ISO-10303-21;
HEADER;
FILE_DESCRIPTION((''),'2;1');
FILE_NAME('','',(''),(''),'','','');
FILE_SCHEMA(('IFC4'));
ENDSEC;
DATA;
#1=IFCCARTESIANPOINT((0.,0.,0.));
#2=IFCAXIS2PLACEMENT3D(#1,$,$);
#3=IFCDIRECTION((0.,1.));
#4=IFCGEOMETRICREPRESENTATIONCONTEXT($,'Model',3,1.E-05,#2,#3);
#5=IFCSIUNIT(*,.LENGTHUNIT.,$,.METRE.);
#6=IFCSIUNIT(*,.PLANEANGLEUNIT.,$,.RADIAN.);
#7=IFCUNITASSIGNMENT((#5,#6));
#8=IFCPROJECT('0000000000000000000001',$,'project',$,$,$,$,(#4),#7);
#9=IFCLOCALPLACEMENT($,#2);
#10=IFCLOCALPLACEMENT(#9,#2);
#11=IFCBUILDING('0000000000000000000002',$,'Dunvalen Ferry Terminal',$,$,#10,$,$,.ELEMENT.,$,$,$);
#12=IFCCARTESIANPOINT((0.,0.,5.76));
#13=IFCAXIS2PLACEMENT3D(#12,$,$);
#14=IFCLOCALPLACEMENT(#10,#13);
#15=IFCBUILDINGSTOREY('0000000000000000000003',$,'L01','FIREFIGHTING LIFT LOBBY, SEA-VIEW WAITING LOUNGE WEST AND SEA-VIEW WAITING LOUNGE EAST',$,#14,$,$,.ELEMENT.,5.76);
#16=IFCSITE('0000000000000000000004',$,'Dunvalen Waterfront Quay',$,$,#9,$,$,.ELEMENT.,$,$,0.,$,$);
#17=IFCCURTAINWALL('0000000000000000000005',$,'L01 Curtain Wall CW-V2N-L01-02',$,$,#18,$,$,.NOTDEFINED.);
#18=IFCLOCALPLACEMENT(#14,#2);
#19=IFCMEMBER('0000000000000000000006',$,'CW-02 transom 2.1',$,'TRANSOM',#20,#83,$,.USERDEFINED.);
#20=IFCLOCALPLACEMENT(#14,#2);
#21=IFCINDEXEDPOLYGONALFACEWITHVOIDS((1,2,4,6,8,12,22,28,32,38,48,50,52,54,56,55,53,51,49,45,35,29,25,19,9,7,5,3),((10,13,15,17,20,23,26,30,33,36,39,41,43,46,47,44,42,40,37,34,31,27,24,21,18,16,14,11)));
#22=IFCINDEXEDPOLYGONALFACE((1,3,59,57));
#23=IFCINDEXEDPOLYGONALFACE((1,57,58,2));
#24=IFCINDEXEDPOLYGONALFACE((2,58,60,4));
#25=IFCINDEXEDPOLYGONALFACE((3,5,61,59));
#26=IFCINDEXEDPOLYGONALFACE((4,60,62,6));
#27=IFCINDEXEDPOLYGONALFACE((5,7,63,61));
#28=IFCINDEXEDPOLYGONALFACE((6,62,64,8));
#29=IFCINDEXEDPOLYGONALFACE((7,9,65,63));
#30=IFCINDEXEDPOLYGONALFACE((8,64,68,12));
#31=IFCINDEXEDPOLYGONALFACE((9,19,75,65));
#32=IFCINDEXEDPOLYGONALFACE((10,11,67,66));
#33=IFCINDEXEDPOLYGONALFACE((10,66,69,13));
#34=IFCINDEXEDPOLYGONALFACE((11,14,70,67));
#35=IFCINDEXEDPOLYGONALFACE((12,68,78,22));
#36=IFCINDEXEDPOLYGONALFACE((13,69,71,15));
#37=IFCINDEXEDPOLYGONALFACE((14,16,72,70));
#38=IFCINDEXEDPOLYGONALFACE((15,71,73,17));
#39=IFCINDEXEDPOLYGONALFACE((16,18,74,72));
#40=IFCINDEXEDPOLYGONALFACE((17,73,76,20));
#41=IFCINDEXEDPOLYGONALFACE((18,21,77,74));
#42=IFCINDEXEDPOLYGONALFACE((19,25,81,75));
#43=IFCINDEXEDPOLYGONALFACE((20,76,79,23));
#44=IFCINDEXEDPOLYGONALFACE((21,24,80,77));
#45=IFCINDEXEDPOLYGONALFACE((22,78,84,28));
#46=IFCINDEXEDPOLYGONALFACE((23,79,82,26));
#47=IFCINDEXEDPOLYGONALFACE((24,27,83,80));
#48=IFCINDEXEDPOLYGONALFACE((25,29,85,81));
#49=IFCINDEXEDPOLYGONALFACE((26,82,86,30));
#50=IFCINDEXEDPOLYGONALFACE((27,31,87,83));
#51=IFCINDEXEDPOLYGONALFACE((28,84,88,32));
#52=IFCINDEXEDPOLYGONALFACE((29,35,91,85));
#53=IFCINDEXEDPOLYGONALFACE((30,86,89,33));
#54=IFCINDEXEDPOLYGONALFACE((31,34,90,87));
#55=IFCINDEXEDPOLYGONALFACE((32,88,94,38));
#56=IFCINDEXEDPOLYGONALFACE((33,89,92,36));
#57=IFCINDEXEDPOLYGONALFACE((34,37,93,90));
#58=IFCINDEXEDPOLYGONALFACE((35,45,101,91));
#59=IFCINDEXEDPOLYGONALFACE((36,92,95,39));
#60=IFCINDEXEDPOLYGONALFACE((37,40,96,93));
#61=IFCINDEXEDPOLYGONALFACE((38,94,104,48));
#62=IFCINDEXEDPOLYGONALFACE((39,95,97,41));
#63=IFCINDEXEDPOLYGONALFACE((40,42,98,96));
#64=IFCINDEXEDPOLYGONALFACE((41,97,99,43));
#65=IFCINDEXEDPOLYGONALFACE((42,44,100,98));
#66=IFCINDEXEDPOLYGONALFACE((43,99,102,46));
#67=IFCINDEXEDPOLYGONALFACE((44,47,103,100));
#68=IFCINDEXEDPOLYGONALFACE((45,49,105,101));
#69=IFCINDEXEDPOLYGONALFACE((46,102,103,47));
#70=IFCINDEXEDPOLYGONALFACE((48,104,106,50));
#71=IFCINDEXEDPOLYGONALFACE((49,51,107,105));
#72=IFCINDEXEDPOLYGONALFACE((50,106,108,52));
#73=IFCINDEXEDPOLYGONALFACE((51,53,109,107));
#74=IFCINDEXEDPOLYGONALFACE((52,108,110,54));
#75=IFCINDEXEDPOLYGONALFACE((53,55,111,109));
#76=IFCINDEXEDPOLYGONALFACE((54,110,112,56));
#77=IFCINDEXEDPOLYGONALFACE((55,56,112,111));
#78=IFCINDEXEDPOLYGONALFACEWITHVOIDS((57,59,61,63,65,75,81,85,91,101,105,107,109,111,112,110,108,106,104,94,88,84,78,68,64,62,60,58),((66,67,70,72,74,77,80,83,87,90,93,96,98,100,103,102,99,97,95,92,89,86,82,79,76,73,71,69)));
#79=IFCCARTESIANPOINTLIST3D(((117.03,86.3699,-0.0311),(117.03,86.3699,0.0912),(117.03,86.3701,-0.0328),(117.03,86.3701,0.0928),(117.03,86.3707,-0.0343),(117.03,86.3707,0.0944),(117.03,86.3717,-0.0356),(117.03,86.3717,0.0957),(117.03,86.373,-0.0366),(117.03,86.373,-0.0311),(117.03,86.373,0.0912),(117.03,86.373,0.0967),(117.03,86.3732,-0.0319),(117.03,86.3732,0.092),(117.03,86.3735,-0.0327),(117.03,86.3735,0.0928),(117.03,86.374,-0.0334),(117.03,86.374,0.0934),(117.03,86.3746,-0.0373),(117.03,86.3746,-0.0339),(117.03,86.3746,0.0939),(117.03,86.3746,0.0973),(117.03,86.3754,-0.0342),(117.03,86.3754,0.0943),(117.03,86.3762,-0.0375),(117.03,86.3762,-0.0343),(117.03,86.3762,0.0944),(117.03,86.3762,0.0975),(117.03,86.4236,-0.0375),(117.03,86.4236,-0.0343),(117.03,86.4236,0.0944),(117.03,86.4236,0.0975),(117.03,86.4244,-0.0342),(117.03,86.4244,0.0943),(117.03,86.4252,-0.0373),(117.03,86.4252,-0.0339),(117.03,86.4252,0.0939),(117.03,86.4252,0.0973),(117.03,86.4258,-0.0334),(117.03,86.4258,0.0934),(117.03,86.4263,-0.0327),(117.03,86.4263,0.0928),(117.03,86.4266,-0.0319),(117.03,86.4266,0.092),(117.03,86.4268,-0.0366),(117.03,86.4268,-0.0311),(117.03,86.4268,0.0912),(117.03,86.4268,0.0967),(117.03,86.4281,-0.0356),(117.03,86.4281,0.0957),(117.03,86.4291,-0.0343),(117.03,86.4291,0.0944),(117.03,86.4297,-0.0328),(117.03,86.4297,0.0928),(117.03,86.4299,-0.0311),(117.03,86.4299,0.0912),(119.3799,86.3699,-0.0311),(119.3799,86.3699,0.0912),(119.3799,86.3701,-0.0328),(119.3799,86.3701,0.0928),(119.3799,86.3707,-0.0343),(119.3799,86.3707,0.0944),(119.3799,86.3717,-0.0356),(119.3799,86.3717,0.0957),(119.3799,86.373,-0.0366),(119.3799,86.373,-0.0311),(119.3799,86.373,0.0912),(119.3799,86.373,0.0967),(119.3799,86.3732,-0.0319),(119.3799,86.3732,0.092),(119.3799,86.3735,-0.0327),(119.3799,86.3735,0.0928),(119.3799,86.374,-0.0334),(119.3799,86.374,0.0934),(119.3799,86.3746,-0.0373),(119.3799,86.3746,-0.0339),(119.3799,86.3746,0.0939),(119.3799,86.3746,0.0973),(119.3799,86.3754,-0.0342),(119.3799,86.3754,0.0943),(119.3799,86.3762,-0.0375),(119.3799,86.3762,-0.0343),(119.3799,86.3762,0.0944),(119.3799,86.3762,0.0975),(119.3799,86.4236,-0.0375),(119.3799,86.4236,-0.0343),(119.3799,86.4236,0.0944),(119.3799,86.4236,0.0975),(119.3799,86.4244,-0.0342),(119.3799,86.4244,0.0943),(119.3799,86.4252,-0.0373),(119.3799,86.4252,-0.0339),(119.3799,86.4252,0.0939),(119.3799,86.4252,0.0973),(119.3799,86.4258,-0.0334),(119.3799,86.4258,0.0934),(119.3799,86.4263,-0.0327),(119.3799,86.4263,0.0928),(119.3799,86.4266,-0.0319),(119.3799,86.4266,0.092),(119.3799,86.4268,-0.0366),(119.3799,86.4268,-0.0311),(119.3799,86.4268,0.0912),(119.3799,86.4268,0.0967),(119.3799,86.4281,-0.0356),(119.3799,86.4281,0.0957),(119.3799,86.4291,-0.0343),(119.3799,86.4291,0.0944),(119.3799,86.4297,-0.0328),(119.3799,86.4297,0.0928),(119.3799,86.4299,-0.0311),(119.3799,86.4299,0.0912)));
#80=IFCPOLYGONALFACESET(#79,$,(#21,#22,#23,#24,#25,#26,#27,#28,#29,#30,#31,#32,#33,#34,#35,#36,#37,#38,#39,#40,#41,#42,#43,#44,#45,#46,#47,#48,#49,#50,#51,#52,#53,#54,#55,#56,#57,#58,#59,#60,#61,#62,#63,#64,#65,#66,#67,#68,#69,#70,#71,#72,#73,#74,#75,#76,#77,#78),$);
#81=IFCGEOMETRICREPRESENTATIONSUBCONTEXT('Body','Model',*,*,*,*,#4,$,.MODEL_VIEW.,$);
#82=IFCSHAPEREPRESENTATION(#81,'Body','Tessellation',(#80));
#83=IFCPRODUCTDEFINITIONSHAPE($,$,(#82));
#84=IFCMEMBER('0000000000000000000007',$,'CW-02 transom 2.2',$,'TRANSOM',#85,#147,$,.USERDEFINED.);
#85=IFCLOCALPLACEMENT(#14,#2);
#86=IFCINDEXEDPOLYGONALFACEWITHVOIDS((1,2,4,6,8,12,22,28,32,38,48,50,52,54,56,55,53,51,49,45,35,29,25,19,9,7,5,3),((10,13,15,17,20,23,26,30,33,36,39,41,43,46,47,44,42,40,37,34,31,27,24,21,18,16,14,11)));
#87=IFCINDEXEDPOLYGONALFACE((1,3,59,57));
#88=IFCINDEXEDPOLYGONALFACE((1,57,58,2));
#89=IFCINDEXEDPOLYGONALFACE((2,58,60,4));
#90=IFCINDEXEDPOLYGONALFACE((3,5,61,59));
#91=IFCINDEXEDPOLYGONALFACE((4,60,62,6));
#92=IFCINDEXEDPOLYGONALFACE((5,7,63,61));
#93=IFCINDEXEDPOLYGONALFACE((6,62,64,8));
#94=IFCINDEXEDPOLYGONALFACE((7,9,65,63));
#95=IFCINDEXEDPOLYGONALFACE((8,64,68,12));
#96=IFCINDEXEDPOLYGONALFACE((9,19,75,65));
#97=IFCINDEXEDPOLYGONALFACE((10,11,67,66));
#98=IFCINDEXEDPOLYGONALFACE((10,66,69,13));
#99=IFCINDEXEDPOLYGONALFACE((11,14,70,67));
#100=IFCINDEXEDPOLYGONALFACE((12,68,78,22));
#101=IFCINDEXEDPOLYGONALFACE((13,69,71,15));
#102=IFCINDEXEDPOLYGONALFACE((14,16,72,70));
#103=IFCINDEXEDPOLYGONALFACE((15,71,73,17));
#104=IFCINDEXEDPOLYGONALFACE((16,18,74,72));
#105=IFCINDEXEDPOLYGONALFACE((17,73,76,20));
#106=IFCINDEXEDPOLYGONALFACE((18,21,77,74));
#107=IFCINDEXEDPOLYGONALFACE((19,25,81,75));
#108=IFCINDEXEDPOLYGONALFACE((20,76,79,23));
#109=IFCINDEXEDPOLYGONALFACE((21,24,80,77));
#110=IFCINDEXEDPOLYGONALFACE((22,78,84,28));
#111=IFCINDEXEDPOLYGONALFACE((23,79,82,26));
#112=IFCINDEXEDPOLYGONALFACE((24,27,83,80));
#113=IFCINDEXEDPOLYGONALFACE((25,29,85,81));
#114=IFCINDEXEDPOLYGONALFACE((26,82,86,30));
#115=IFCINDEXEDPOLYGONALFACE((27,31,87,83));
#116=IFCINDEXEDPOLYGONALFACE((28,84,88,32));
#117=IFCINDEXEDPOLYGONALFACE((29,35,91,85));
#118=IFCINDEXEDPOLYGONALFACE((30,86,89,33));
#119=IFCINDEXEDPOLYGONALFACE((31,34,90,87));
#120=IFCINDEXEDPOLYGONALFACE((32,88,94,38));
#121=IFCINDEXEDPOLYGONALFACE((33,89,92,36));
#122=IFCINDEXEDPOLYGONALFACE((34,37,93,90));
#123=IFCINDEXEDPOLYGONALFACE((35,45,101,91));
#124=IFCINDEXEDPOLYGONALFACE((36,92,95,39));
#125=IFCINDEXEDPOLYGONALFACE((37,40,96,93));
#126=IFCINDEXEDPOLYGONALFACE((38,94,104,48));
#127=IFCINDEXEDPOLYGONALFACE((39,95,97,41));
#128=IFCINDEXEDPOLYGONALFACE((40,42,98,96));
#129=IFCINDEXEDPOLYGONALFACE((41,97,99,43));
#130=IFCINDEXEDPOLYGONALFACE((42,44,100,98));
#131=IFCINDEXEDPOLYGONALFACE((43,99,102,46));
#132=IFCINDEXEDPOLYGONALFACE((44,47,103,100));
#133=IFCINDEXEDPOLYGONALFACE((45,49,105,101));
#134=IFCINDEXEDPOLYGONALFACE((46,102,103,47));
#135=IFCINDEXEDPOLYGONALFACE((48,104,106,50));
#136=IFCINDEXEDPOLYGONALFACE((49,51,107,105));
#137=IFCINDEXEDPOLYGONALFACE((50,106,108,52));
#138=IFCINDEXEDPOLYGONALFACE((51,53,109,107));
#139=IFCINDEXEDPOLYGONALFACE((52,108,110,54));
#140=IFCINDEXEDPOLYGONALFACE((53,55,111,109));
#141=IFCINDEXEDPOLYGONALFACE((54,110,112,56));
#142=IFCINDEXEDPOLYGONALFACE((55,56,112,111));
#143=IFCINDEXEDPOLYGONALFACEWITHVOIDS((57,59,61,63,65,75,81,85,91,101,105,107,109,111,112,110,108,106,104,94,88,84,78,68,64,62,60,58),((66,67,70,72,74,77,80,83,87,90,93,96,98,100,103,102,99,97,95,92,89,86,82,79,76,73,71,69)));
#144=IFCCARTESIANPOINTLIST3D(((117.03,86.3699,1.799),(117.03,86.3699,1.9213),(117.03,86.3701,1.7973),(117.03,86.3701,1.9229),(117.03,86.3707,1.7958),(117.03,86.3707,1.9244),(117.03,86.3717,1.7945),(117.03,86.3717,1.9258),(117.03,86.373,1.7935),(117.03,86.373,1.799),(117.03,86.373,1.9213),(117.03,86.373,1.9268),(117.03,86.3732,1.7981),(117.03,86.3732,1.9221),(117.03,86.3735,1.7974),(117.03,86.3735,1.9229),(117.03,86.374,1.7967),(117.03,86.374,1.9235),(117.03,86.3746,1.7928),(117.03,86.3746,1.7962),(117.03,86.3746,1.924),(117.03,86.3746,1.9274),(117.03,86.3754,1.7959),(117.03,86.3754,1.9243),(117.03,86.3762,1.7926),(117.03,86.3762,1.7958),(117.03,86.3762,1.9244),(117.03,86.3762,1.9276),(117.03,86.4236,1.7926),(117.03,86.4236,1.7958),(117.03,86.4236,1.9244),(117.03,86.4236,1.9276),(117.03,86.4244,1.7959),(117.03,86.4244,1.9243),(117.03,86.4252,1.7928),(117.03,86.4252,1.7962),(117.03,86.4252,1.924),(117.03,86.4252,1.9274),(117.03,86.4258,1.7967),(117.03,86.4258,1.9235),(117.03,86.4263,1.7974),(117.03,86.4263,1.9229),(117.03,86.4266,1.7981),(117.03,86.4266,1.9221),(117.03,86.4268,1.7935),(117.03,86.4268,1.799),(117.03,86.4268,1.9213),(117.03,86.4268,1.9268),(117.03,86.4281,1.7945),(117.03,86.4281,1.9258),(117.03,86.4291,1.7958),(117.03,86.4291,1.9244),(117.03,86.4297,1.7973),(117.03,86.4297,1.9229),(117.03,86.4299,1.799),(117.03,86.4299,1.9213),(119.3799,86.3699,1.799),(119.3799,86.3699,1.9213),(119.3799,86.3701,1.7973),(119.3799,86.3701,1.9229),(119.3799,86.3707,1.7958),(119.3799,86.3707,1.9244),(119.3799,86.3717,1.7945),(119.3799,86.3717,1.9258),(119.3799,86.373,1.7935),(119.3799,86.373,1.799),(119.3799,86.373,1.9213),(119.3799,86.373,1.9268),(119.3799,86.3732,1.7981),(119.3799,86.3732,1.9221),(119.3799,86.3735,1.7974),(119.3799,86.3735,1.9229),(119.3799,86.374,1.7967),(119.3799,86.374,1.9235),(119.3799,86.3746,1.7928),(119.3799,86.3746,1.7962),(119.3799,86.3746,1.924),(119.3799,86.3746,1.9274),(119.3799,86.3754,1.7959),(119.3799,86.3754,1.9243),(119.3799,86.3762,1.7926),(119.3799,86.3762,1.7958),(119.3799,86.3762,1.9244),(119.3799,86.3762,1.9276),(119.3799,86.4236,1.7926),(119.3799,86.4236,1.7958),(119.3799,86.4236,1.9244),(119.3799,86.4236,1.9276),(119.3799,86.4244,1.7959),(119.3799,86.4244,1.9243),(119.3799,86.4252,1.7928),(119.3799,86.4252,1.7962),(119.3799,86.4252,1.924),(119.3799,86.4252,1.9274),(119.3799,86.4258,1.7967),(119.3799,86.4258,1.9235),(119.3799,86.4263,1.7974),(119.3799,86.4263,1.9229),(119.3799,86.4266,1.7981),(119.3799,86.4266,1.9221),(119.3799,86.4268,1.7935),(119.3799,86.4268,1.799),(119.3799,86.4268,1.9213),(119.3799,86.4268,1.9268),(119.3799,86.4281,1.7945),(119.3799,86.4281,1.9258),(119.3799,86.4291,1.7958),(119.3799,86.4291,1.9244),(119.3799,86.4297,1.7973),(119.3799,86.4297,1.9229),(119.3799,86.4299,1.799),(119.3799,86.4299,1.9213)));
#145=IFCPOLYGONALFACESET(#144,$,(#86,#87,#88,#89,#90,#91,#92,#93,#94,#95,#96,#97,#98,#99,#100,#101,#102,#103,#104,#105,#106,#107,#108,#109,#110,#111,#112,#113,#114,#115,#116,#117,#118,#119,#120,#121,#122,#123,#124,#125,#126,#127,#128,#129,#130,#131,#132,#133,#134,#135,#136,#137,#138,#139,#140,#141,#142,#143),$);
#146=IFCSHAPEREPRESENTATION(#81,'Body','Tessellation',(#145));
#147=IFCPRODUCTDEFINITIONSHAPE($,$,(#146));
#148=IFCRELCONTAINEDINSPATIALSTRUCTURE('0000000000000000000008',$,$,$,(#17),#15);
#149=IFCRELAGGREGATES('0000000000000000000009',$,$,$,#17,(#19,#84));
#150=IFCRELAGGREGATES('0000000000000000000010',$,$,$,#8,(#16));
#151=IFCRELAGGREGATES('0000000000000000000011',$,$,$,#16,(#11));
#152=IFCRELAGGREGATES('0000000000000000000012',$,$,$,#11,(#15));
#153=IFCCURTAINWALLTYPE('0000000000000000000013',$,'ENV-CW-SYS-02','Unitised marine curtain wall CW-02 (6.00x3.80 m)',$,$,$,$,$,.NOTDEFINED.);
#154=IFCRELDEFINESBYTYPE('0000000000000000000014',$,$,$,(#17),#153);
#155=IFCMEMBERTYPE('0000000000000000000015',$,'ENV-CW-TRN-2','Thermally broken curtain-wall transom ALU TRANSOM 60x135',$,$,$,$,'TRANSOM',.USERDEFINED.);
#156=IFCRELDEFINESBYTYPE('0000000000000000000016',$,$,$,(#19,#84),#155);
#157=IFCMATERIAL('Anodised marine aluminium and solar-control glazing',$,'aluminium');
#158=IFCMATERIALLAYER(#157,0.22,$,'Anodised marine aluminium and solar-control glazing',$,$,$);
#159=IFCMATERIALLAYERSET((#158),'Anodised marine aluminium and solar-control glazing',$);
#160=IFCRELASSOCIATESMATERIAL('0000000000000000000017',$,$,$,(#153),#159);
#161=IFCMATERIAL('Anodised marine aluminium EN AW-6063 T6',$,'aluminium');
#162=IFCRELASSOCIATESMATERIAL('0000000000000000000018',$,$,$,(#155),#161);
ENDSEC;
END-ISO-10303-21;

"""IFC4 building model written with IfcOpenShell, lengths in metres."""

from ifc_helpers import new_model, si_unit, direction, frame, origin, origin_2d, place, context, subcontext, project, spatial, hollow_rectangle, extrude, material, layer, layer_set, material_profile, profile_set, type_object, element, aggregate, save


model = new_model("IFC4")

# Units and contexts
model_context = context("Model", 3, precision=1e-05, world=origin(), true_north=direction((0.0, 1.0)))
body_context = subcontext(model_context, "Body", "Model", "MODEL_VIEW")
ifc_project = project(units=[si_unit("LENGTHUNIT", "METRE"), si_unit("PLANEANGLEUNIT", "RADIAN")], contexts=[model_context])

# Site, building, storey
site_placement = place(None, origin())
site = spatial("IfcSite", under=ifc_project, at=site_placement, Name="Dunvalen Waterfront Quay", CompositionType="ELEMENT", RefElevation=0.0)
building_placement = place(site_placement, origin())
building = spatial("IfcBuilding", under=site, at=building_placement, Name="Dunvalen Ferry Terminal", CompositionType="ELEMENT")
storey_placement = place(building_placement, frame((0.0, 0.0, 5.76)))
storey = spatial("IfcBuildingStorey", under=building, at=storey_placement, Name="L01", Description="FIREFIGHTING LIFT LOBBY, SEA-VIEW WAITING LOUNGE WEST AND SEA-VIEW WAITING LOUNGE EAST", CompositionType="ELEMENT", Elevation=5.76)

# Shared definitions
ifc_material_1 = material(Name="Anodised marine aluminium and solar-control glazing", Category="aluminium")
ifc_layer_1 = layer(ifc_material_1, 0.22, Name="Anodised marine aluminium and solar-control glazing")
ifc_layer_set_1 = layer_set([ifc_layer_1], Name="Anodised marine aluminium and solar-control glazing")
curtain_wall_type = type_object("IfcCurtainWallType", Name="ENV-CW-SYS-02", Description="Unitised marine curtain wall CW-02 (6.00x3.80 m)", PredefinedType="NOTDEFINED", material=ifc_layer_set_1)
ifc_material_2 = material(Name="Anodised marine aluminium EN AW-6063 T6", Category="aluminium")

# Curtain wall
curtain_wall_1_placement = place(storey_placement, origin())
curtain_wall_1 = element("IfcCurtainWall", 1, at=curtain_wall_1_placement, inside=storey, type_object=curtain_wall_type, Name="L01 Curtain Wall CW-V2N-L01-02", PredefinedType="NOTDEFINED")

# Members
ifc_material_profile_1 = material_profile(ifc_material_2, hollow_rectangle(XDim=0.0601, YDim=0.135, WallThickness=0.0032, InnerFilletRadius=0.0032, OuterFilletRadius=0.0063, at=origin_2d()), Name="Anodised marine aluminium EN AW-6063 T6")
ifc_profile_set_1 = profile_set([ifc_material_profile_1], Name="Anodised marine aluminium EN AW-6063 T6")
member_type_1 = type_object("IfcMemberType", Name="ENV-CW-TRN-2", Description="Thermally broken curtain-wall transom ALU TRANSOM 60x135", ElementType="TRANSOM", PredefinedType="USERDEFINED", material=ifc_profile_set_1)
member_1_placement = place(storey_placement, frame((117.03, 86.3999, 0.03), z_axis=(1.0, 0.0, 0.0), x_axis=(0.0, 1.0, 0.0)))
member_1 = element("IfcMember", 2, at=member_1_placement, type_object=member_type_1, Name="CW-02 transom 2.1", ObjectType="TRANSOM", PredefinedType="USERDEFINED", context=body_context, shape_type="SweptSolid", body=[
    extrude(hollow_rectangle(XDim=0.0601, YDim=0.135, WallThickness=0.0032, InnerFilletRadius=0.0032, OuterFilletRadius=0.0063, at=origin_2d()), origin(), (0.0, 0.0, 1.0), 2.3499),
])
member_2_placement = place(storey_placement, frame((117.03, 86.3999, 1.8601), z_axis=(1.0, 0.0, 0.0), x_axis=(0.0, 1.0, 0.0)))
member_2 = element("IfcMember", 3, at=member_2_placement, type_object=member_type_1, Name="CW-02 transom 2.2", ObjectType="TRANSOM", PredefinedType="USERDEFINED", context=body_context, shape_type="SweptSolid", body=[
    extrude(hollow_rectangle(XDim=0.0601, YDim=0.135, WallThickness=0.0032, InnerFilletRadius=0.0032, OuterFilletRadius=0.0063, at=origin_2d()), origin(), (0.0, 0.0, 1.0), 2.3499),
])

aggregate(curtain_wall_1, [member_1, member_2])

save(model, "model.ifc")
